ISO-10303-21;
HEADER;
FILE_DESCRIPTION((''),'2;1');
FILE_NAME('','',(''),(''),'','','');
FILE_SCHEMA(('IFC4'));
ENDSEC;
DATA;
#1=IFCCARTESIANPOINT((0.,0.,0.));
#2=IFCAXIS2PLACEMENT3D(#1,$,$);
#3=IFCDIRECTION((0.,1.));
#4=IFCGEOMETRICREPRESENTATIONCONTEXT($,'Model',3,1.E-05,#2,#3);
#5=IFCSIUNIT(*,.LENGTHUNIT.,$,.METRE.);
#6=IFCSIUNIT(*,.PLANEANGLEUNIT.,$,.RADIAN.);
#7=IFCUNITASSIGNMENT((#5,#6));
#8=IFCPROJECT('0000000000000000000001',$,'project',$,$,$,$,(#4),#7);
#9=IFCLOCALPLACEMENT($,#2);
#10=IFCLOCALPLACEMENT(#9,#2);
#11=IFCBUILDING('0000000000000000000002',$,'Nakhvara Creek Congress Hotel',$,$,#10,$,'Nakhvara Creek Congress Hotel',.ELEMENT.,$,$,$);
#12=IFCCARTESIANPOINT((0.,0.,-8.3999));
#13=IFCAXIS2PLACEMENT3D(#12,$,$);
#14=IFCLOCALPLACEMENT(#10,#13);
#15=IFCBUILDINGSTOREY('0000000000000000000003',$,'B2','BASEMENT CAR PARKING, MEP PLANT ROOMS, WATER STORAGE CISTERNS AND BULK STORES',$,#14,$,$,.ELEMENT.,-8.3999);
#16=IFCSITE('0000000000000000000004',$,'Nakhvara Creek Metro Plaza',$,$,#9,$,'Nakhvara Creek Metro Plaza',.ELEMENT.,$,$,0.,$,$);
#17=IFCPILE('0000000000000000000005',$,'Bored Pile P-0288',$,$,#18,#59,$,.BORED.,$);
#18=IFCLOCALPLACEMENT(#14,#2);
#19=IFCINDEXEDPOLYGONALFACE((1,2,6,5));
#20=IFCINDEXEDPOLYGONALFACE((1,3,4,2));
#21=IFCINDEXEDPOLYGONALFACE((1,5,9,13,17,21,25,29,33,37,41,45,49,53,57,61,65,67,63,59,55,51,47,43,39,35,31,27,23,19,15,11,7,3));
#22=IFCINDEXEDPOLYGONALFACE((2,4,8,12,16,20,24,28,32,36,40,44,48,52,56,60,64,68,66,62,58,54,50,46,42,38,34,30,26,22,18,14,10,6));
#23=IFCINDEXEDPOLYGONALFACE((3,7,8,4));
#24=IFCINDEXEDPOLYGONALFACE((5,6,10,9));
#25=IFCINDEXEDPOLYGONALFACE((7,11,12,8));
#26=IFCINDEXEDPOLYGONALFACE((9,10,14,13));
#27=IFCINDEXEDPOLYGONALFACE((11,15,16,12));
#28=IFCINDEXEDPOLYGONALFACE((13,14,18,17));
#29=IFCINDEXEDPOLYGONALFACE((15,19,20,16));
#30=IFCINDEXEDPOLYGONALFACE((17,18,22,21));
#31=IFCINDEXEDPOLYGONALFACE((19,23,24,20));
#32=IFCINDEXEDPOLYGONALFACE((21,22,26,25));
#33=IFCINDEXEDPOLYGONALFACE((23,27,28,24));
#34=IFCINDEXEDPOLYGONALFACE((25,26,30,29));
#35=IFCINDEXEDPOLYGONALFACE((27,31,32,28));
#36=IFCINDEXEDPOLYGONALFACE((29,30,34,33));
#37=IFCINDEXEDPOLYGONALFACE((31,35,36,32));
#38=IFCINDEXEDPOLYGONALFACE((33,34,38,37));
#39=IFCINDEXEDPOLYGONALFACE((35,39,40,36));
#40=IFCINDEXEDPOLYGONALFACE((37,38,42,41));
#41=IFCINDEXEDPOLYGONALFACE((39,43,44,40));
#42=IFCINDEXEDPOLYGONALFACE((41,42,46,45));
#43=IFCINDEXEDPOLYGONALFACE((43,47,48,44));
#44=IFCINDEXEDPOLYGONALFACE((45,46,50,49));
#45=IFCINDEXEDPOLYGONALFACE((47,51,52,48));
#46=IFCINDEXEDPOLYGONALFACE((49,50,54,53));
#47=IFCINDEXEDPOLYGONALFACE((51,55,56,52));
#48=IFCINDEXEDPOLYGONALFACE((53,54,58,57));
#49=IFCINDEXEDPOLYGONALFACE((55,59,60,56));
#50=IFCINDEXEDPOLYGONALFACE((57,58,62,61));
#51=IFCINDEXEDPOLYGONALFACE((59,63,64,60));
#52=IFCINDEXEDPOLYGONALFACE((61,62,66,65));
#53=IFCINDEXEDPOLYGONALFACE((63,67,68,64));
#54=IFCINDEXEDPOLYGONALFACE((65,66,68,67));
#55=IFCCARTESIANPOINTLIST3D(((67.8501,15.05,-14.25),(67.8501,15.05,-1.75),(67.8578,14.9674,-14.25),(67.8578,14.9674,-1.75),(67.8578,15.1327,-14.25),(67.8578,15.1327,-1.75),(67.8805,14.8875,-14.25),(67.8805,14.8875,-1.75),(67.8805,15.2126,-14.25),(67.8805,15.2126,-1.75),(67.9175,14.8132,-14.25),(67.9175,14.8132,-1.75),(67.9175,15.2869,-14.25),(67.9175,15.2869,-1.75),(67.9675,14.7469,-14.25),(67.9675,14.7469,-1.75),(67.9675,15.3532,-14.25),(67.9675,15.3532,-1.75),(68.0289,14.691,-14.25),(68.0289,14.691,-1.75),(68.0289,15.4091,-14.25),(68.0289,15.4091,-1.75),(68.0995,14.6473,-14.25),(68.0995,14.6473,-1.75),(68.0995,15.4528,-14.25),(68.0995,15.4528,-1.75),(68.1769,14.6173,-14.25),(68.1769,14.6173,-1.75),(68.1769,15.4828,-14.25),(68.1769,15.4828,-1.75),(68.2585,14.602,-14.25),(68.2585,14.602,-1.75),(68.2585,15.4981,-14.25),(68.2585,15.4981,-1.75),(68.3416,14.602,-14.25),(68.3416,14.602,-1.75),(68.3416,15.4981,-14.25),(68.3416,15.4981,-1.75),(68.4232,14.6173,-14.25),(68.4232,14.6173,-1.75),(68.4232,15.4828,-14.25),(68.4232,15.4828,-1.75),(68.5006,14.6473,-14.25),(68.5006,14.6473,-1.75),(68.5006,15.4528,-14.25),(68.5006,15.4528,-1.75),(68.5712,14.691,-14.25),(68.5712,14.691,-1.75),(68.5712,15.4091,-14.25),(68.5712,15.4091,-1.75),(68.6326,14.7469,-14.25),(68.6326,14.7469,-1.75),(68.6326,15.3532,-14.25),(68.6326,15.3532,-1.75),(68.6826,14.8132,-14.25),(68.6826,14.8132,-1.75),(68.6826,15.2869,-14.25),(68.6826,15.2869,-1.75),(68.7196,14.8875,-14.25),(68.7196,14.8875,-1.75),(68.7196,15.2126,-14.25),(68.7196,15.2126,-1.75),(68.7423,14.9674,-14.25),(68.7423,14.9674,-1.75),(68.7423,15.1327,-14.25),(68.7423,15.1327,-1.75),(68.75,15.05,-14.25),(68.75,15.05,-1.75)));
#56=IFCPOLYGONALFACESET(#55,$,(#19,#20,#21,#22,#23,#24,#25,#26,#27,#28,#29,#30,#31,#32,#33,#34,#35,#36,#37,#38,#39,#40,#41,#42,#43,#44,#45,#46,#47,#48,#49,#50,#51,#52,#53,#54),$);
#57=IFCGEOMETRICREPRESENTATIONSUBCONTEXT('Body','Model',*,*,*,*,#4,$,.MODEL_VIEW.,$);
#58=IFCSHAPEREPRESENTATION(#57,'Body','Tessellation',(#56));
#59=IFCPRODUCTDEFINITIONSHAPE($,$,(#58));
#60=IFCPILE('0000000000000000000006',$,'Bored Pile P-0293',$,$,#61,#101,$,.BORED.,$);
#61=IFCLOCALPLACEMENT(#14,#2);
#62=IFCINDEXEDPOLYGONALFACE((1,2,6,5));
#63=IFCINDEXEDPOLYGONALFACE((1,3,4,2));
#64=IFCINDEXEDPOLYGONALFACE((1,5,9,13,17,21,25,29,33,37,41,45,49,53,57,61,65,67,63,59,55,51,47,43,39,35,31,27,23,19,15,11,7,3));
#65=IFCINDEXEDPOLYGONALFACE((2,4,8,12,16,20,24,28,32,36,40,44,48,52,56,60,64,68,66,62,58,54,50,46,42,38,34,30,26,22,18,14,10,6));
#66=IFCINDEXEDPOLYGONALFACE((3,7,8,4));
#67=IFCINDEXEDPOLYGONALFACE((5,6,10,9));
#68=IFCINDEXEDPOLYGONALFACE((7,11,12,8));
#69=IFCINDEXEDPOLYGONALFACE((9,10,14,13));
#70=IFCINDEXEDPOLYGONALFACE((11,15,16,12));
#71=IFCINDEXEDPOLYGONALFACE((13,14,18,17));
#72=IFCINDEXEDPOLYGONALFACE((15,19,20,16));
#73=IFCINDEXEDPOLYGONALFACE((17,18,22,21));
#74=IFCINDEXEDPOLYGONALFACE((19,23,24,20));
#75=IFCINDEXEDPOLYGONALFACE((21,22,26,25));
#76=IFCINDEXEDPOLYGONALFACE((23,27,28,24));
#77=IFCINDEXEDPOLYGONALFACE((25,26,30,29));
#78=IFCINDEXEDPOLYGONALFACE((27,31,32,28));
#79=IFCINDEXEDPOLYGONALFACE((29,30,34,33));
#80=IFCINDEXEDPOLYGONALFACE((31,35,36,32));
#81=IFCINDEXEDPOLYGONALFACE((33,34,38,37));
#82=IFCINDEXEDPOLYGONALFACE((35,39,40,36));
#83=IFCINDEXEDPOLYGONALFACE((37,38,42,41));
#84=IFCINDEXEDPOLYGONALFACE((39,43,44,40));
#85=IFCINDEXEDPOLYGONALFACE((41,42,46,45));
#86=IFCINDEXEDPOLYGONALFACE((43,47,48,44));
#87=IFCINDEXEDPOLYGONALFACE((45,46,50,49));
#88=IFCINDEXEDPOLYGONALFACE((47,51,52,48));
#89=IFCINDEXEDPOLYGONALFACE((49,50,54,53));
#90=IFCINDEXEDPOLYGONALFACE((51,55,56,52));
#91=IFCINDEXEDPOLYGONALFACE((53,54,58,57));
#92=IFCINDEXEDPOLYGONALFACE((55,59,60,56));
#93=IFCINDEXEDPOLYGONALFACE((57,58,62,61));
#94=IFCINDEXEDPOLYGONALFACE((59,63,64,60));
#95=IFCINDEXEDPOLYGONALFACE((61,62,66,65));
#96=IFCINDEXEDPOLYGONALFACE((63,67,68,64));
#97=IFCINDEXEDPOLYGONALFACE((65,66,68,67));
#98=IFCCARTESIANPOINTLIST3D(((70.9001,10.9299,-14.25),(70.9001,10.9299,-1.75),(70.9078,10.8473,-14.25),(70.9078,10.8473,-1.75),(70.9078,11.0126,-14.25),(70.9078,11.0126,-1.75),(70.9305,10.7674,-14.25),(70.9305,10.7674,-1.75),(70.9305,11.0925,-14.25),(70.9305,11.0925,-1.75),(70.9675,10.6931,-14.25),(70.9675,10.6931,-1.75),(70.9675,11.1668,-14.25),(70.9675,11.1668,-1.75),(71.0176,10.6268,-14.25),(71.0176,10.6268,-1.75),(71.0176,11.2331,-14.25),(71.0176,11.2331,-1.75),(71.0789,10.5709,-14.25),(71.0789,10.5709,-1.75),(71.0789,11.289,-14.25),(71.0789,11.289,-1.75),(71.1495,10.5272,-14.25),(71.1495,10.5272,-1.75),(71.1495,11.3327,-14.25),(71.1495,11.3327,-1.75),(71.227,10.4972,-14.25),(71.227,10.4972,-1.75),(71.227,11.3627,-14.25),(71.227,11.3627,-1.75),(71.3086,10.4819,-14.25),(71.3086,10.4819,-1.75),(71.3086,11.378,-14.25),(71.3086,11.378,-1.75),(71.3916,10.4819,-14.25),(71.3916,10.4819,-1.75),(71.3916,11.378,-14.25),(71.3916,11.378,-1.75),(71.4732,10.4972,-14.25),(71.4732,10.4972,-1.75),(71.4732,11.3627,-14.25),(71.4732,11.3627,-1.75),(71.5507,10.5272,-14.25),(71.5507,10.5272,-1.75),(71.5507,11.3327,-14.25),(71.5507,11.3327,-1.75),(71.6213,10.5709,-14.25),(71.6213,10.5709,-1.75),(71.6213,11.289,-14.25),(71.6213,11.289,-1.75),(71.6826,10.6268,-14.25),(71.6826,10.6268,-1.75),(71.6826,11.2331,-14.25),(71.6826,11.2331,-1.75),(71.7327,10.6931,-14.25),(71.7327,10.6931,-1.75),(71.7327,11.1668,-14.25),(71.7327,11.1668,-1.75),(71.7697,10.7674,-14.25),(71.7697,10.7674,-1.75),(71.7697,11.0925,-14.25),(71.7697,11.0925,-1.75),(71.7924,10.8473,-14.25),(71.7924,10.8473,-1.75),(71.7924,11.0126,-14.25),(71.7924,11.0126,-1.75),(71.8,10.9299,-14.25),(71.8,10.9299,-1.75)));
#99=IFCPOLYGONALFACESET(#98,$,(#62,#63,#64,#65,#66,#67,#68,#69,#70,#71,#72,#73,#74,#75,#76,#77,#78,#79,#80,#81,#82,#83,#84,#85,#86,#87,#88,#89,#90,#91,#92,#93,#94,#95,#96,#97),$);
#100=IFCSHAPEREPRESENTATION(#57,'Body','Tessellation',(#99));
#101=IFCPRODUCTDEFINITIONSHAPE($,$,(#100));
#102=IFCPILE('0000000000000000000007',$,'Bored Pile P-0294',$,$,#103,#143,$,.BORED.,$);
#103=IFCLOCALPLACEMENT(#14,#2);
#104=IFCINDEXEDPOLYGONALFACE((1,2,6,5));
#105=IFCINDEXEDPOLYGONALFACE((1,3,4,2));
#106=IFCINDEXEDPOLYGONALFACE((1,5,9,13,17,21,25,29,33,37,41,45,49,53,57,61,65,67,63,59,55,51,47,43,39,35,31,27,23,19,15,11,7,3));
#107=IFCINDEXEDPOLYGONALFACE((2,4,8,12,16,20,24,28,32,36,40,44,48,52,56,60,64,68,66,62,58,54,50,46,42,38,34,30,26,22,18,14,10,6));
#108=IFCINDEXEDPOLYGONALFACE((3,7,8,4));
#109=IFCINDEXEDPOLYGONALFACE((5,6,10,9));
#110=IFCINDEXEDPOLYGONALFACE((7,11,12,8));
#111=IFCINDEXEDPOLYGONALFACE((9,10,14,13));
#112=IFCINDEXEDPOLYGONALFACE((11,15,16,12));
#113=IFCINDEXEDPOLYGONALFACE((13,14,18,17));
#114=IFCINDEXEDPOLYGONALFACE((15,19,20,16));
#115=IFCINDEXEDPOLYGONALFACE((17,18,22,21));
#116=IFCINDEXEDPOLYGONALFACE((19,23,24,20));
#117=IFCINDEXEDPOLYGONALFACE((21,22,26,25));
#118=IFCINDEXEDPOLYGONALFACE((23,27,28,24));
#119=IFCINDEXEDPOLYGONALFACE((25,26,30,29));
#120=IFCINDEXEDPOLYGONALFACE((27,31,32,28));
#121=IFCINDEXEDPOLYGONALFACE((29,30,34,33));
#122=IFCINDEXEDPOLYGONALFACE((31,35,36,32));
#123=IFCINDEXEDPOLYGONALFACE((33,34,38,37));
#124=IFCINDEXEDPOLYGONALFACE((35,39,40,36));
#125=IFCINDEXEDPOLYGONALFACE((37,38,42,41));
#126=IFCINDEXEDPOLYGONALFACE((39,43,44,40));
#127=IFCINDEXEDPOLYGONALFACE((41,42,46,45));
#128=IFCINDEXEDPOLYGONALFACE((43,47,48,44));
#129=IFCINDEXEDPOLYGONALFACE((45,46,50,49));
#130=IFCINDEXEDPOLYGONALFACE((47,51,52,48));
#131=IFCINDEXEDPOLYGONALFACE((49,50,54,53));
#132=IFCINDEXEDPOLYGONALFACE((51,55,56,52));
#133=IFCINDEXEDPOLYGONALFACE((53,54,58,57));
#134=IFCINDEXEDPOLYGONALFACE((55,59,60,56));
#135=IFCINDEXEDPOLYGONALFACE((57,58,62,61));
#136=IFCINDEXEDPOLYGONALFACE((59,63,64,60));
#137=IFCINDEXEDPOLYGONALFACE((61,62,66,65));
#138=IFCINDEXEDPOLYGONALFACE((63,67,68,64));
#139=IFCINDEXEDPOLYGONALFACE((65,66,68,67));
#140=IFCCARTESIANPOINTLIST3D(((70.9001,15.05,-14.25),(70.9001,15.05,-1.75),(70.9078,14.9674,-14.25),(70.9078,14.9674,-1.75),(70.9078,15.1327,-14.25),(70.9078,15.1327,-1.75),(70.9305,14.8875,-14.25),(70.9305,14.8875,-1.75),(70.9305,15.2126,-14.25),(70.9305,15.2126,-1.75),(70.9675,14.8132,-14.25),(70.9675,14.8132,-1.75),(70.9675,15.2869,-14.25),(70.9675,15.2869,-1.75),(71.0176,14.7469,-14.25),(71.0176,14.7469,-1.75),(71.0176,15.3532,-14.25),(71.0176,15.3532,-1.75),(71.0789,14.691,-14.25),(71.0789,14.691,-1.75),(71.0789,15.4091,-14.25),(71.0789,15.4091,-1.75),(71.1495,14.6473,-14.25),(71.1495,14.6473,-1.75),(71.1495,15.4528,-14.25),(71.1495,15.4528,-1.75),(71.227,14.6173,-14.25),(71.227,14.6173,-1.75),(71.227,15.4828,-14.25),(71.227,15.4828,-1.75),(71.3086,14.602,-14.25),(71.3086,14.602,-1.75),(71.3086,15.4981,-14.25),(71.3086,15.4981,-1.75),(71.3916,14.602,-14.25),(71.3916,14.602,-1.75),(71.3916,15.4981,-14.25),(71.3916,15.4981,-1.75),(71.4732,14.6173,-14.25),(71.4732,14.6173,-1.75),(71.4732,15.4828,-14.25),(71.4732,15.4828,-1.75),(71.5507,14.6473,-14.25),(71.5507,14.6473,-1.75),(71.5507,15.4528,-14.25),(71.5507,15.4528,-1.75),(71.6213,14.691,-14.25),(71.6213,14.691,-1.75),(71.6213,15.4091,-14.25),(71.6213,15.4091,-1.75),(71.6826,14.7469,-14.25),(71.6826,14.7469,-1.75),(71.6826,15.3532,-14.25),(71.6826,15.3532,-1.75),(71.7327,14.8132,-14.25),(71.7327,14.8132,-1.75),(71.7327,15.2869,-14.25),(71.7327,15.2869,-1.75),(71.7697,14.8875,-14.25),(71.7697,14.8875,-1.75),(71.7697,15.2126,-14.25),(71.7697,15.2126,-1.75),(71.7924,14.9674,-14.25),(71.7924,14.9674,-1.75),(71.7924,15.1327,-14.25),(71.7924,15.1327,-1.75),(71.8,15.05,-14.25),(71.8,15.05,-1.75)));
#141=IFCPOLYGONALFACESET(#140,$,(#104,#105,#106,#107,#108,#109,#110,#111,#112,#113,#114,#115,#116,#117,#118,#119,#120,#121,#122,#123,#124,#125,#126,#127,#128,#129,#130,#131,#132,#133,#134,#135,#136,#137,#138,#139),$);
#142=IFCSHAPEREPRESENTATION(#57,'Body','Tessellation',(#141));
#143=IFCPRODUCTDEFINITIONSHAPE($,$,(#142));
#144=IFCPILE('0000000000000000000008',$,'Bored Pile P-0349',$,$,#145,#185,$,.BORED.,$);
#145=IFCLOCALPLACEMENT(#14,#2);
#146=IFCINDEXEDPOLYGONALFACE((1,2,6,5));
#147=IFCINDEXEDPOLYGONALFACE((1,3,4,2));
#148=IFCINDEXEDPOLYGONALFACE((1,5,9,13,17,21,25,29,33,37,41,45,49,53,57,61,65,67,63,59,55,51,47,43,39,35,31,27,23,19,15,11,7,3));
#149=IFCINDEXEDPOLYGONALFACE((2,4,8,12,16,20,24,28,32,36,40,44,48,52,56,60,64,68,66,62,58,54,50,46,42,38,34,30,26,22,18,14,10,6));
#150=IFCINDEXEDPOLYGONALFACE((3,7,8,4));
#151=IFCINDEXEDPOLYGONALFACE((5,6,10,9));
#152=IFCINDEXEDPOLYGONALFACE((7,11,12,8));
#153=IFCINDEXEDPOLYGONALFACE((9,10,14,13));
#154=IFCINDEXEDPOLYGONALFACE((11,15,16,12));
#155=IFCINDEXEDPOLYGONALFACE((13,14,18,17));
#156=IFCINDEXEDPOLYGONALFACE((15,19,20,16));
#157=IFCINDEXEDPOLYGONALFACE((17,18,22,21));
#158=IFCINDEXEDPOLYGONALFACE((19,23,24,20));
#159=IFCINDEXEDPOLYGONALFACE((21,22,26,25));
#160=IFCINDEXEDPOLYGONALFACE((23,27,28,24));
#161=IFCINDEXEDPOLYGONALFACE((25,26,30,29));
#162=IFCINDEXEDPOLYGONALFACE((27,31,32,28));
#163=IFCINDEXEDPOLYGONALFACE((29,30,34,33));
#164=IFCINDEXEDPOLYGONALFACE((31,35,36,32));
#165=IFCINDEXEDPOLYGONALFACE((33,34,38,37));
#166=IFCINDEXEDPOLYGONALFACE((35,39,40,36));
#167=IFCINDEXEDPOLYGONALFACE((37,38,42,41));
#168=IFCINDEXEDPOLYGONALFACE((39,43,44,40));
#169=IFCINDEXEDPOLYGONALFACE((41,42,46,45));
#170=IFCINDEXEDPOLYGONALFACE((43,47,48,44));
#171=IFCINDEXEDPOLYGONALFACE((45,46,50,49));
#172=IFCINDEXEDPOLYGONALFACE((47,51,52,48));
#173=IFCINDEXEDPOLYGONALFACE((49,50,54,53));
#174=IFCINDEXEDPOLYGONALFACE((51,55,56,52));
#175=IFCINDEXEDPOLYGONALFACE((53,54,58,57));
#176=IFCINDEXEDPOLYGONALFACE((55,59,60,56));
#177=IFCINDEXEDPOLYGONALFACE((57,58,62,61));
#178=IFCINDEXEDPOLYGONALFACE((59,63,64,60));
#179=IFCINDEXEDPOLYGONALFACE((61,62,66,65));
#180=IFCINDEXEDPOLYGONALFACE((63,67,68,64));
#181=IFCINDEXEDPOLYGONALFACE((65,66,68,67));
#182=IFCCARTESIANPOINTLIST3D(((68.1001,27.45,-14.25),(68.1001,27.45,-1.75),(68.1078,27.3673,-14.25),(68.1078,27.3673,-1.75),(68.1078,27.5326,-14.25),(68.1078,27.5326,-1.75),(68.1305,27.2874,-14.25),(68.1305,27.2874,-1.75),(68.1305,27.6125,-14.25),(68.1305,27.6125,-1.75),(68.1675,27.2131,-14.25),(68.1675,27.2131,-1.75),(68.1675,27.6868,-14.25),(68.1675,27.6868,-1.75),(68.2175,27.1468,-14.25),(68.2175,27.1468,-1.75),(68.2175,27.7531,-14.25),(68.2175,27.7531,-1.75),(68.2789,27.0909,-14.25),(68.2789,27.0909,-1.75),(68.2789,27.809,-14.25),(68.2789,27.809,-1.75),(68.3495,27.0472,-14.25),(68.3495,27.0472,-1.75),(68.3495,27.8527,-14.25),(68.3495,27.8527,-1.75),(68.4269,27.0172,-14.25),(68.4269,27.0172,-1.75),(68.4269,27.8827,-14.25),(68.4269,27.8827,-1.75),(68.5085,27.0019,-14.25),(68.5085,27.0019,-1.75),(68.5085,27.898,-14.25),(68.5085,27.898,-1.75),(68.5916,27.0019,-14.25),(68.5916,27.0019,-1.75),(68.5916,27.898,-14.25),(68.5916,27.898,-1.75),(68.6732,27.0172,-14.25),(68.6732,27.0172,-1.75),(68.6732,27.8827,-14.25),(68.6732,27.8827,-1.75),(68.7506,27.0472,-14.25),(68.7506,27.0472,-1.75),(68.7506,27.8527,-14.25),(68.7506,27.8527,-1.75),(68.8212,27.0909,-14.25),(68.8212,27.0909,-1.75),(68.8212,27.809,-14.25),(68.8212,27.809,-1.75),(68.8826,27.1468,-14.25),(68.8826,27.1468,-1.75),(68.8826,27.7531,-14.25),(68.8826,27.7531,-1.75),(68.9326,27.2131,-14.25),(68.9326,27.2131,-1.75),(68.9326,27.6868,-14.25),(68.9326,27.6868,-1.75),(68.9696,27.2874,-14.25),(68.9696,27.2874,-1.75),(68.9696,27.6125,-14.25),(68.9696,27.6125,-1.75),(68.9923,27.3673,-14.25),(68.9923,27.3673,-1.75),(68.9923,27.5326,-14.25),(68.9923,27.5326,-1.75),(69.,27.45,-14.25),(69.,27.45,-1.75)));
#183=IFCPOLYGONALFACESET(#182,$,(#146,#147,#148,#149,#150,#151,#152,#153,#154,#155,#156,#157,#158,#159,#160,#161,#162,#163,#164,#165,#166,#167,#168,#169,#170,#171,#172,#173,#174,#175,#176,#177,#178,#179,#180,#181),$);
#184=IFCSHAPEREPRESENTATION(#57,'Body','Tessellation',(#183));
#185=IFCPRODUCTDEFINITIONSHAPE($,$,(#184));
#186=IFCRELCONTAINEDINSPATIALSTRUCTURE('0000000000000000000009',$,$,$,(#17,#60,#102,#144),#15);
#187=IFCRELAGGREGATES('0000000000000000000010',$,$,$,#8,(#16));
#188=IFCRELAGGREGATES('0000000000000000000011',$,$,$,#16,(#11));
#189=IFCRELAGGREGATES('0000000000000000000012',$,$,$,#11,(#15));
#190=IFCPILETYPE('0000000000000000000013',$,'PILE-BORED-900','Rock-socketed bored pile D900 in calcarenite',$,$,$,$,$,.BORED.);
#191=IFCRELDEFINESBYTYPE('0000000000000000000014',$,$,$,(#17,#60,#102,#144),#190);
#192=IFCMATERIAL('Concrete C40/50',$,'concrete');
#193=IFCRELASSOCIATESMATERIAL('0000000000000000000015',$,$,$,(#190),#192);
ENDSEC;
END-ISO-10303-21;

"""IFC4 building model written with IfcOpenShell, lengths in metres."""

from ifc_helpers import new_model, si_unit, direction, frame, origin, origin_2d, place, context, subcontext, project, spatial, circle, extrude, material, material_profile, profile_set, type_object, element, save


model = new_model("IFC4")

# Units and contexts
model_context = context("Model", 3, precision=1e-05, world=origin(), true_north=direction((0.0, 1.0)))
body_context = subcontext(model_context, "Body", "Model", "MODEL_VIEW")
ifc_project = project(units=[si_unit("LENGTHUNIT", "METRE"), si_unit("PLANEANGLEUNIT", "RADIAN")], contexts=[model_context])

# Site, building, storey
site_placement = place(None, origin())
site = spatial("IfcSite", under=ifc_project, at=site_placement, Name="Nakhvara Creek Metro Plaza", LongName="Nakhvara Creek Metro Plaza", CompositionType="ELEMENT", RefElevation=0.0)
building_placement = place(site_placement, origin())
building = spatial("IfcBuilding", under=site, at=building_placement, Name="Nakhvara Creek Congress Hotel", LongName="Nakhvara Creek Congress Hotel", CompositionType="ELEMENT")
storey_placement = place(building_placement, frame((0.0, 0.0, -8.3999)))
storey = spatial("IfcBuildingStorey", under=building, at=storey_placement, Name="B2", Description="BASEMENT CAR PARKING, MEP PLANT ROOMS, WATER STORAGE CISTERNS AND BULK STORES", CompositionType="ELEMENT", Elevation=-8.3999)

# Shared definitions
ifc_material_1 = material(Name="Concrete C40/50", Category="concrete")

# Piles
ifc_material_profile_1 = material_profile(ifc_material_1, circle(Radius=0.45, at=origin_2d()), Name="BORED PILE D900", Category="LoadBearing")
ifc_profile_set_1 = profile_set([ifc_material_profile_1], Name="Concrete C40/50")
pile_type = type_object("IfcPileType", Name="PILE-BORED-900", Description="Rock-socketed bored pile D900 in calcarenite", PredefinedType="BORED", material=ifc_profile_set_1)
for number, where, z_axis, x_axis, name in (
    (1, (68.3, 15.05, -1.75), (0.0, 0.0, -1.0), (1.0, 0.0, 0.0), "Bored Pile P-0288"),
    (2, (71.3501, 10.9299, -1.75), (0.0, 0.0, -1.0), (1.0, 0.0, 0.0), "Bored Pile P-0293"),
    (3, (71.3501, 15.05, -1.75), (0.0, 0.0, -1.0), (1.0, 0.0, 0.0), "Bored Pile P-0294"),
    (4, (68.55, 27.45, -1.75), (0.0, 0.0, -1.0), (1.0, 0.0, 0.0), "Bored Pile P-0349"),
):
    element("IfcPile", number, at=place(storey_placement, frame(where, z_axis=z_axis, x_axis=x_axis)), inside=storey, type_object=pile_type, Name=name, PredefinedType="BORED", context=body_context, shape_type="SweptSolid", body=[
        extrude(circle(Radius=0.45, at=origin_2d()), origin(), (0.0, 0.0, 1.0), 12.5),
    ])

save(model, "model.ifc")
